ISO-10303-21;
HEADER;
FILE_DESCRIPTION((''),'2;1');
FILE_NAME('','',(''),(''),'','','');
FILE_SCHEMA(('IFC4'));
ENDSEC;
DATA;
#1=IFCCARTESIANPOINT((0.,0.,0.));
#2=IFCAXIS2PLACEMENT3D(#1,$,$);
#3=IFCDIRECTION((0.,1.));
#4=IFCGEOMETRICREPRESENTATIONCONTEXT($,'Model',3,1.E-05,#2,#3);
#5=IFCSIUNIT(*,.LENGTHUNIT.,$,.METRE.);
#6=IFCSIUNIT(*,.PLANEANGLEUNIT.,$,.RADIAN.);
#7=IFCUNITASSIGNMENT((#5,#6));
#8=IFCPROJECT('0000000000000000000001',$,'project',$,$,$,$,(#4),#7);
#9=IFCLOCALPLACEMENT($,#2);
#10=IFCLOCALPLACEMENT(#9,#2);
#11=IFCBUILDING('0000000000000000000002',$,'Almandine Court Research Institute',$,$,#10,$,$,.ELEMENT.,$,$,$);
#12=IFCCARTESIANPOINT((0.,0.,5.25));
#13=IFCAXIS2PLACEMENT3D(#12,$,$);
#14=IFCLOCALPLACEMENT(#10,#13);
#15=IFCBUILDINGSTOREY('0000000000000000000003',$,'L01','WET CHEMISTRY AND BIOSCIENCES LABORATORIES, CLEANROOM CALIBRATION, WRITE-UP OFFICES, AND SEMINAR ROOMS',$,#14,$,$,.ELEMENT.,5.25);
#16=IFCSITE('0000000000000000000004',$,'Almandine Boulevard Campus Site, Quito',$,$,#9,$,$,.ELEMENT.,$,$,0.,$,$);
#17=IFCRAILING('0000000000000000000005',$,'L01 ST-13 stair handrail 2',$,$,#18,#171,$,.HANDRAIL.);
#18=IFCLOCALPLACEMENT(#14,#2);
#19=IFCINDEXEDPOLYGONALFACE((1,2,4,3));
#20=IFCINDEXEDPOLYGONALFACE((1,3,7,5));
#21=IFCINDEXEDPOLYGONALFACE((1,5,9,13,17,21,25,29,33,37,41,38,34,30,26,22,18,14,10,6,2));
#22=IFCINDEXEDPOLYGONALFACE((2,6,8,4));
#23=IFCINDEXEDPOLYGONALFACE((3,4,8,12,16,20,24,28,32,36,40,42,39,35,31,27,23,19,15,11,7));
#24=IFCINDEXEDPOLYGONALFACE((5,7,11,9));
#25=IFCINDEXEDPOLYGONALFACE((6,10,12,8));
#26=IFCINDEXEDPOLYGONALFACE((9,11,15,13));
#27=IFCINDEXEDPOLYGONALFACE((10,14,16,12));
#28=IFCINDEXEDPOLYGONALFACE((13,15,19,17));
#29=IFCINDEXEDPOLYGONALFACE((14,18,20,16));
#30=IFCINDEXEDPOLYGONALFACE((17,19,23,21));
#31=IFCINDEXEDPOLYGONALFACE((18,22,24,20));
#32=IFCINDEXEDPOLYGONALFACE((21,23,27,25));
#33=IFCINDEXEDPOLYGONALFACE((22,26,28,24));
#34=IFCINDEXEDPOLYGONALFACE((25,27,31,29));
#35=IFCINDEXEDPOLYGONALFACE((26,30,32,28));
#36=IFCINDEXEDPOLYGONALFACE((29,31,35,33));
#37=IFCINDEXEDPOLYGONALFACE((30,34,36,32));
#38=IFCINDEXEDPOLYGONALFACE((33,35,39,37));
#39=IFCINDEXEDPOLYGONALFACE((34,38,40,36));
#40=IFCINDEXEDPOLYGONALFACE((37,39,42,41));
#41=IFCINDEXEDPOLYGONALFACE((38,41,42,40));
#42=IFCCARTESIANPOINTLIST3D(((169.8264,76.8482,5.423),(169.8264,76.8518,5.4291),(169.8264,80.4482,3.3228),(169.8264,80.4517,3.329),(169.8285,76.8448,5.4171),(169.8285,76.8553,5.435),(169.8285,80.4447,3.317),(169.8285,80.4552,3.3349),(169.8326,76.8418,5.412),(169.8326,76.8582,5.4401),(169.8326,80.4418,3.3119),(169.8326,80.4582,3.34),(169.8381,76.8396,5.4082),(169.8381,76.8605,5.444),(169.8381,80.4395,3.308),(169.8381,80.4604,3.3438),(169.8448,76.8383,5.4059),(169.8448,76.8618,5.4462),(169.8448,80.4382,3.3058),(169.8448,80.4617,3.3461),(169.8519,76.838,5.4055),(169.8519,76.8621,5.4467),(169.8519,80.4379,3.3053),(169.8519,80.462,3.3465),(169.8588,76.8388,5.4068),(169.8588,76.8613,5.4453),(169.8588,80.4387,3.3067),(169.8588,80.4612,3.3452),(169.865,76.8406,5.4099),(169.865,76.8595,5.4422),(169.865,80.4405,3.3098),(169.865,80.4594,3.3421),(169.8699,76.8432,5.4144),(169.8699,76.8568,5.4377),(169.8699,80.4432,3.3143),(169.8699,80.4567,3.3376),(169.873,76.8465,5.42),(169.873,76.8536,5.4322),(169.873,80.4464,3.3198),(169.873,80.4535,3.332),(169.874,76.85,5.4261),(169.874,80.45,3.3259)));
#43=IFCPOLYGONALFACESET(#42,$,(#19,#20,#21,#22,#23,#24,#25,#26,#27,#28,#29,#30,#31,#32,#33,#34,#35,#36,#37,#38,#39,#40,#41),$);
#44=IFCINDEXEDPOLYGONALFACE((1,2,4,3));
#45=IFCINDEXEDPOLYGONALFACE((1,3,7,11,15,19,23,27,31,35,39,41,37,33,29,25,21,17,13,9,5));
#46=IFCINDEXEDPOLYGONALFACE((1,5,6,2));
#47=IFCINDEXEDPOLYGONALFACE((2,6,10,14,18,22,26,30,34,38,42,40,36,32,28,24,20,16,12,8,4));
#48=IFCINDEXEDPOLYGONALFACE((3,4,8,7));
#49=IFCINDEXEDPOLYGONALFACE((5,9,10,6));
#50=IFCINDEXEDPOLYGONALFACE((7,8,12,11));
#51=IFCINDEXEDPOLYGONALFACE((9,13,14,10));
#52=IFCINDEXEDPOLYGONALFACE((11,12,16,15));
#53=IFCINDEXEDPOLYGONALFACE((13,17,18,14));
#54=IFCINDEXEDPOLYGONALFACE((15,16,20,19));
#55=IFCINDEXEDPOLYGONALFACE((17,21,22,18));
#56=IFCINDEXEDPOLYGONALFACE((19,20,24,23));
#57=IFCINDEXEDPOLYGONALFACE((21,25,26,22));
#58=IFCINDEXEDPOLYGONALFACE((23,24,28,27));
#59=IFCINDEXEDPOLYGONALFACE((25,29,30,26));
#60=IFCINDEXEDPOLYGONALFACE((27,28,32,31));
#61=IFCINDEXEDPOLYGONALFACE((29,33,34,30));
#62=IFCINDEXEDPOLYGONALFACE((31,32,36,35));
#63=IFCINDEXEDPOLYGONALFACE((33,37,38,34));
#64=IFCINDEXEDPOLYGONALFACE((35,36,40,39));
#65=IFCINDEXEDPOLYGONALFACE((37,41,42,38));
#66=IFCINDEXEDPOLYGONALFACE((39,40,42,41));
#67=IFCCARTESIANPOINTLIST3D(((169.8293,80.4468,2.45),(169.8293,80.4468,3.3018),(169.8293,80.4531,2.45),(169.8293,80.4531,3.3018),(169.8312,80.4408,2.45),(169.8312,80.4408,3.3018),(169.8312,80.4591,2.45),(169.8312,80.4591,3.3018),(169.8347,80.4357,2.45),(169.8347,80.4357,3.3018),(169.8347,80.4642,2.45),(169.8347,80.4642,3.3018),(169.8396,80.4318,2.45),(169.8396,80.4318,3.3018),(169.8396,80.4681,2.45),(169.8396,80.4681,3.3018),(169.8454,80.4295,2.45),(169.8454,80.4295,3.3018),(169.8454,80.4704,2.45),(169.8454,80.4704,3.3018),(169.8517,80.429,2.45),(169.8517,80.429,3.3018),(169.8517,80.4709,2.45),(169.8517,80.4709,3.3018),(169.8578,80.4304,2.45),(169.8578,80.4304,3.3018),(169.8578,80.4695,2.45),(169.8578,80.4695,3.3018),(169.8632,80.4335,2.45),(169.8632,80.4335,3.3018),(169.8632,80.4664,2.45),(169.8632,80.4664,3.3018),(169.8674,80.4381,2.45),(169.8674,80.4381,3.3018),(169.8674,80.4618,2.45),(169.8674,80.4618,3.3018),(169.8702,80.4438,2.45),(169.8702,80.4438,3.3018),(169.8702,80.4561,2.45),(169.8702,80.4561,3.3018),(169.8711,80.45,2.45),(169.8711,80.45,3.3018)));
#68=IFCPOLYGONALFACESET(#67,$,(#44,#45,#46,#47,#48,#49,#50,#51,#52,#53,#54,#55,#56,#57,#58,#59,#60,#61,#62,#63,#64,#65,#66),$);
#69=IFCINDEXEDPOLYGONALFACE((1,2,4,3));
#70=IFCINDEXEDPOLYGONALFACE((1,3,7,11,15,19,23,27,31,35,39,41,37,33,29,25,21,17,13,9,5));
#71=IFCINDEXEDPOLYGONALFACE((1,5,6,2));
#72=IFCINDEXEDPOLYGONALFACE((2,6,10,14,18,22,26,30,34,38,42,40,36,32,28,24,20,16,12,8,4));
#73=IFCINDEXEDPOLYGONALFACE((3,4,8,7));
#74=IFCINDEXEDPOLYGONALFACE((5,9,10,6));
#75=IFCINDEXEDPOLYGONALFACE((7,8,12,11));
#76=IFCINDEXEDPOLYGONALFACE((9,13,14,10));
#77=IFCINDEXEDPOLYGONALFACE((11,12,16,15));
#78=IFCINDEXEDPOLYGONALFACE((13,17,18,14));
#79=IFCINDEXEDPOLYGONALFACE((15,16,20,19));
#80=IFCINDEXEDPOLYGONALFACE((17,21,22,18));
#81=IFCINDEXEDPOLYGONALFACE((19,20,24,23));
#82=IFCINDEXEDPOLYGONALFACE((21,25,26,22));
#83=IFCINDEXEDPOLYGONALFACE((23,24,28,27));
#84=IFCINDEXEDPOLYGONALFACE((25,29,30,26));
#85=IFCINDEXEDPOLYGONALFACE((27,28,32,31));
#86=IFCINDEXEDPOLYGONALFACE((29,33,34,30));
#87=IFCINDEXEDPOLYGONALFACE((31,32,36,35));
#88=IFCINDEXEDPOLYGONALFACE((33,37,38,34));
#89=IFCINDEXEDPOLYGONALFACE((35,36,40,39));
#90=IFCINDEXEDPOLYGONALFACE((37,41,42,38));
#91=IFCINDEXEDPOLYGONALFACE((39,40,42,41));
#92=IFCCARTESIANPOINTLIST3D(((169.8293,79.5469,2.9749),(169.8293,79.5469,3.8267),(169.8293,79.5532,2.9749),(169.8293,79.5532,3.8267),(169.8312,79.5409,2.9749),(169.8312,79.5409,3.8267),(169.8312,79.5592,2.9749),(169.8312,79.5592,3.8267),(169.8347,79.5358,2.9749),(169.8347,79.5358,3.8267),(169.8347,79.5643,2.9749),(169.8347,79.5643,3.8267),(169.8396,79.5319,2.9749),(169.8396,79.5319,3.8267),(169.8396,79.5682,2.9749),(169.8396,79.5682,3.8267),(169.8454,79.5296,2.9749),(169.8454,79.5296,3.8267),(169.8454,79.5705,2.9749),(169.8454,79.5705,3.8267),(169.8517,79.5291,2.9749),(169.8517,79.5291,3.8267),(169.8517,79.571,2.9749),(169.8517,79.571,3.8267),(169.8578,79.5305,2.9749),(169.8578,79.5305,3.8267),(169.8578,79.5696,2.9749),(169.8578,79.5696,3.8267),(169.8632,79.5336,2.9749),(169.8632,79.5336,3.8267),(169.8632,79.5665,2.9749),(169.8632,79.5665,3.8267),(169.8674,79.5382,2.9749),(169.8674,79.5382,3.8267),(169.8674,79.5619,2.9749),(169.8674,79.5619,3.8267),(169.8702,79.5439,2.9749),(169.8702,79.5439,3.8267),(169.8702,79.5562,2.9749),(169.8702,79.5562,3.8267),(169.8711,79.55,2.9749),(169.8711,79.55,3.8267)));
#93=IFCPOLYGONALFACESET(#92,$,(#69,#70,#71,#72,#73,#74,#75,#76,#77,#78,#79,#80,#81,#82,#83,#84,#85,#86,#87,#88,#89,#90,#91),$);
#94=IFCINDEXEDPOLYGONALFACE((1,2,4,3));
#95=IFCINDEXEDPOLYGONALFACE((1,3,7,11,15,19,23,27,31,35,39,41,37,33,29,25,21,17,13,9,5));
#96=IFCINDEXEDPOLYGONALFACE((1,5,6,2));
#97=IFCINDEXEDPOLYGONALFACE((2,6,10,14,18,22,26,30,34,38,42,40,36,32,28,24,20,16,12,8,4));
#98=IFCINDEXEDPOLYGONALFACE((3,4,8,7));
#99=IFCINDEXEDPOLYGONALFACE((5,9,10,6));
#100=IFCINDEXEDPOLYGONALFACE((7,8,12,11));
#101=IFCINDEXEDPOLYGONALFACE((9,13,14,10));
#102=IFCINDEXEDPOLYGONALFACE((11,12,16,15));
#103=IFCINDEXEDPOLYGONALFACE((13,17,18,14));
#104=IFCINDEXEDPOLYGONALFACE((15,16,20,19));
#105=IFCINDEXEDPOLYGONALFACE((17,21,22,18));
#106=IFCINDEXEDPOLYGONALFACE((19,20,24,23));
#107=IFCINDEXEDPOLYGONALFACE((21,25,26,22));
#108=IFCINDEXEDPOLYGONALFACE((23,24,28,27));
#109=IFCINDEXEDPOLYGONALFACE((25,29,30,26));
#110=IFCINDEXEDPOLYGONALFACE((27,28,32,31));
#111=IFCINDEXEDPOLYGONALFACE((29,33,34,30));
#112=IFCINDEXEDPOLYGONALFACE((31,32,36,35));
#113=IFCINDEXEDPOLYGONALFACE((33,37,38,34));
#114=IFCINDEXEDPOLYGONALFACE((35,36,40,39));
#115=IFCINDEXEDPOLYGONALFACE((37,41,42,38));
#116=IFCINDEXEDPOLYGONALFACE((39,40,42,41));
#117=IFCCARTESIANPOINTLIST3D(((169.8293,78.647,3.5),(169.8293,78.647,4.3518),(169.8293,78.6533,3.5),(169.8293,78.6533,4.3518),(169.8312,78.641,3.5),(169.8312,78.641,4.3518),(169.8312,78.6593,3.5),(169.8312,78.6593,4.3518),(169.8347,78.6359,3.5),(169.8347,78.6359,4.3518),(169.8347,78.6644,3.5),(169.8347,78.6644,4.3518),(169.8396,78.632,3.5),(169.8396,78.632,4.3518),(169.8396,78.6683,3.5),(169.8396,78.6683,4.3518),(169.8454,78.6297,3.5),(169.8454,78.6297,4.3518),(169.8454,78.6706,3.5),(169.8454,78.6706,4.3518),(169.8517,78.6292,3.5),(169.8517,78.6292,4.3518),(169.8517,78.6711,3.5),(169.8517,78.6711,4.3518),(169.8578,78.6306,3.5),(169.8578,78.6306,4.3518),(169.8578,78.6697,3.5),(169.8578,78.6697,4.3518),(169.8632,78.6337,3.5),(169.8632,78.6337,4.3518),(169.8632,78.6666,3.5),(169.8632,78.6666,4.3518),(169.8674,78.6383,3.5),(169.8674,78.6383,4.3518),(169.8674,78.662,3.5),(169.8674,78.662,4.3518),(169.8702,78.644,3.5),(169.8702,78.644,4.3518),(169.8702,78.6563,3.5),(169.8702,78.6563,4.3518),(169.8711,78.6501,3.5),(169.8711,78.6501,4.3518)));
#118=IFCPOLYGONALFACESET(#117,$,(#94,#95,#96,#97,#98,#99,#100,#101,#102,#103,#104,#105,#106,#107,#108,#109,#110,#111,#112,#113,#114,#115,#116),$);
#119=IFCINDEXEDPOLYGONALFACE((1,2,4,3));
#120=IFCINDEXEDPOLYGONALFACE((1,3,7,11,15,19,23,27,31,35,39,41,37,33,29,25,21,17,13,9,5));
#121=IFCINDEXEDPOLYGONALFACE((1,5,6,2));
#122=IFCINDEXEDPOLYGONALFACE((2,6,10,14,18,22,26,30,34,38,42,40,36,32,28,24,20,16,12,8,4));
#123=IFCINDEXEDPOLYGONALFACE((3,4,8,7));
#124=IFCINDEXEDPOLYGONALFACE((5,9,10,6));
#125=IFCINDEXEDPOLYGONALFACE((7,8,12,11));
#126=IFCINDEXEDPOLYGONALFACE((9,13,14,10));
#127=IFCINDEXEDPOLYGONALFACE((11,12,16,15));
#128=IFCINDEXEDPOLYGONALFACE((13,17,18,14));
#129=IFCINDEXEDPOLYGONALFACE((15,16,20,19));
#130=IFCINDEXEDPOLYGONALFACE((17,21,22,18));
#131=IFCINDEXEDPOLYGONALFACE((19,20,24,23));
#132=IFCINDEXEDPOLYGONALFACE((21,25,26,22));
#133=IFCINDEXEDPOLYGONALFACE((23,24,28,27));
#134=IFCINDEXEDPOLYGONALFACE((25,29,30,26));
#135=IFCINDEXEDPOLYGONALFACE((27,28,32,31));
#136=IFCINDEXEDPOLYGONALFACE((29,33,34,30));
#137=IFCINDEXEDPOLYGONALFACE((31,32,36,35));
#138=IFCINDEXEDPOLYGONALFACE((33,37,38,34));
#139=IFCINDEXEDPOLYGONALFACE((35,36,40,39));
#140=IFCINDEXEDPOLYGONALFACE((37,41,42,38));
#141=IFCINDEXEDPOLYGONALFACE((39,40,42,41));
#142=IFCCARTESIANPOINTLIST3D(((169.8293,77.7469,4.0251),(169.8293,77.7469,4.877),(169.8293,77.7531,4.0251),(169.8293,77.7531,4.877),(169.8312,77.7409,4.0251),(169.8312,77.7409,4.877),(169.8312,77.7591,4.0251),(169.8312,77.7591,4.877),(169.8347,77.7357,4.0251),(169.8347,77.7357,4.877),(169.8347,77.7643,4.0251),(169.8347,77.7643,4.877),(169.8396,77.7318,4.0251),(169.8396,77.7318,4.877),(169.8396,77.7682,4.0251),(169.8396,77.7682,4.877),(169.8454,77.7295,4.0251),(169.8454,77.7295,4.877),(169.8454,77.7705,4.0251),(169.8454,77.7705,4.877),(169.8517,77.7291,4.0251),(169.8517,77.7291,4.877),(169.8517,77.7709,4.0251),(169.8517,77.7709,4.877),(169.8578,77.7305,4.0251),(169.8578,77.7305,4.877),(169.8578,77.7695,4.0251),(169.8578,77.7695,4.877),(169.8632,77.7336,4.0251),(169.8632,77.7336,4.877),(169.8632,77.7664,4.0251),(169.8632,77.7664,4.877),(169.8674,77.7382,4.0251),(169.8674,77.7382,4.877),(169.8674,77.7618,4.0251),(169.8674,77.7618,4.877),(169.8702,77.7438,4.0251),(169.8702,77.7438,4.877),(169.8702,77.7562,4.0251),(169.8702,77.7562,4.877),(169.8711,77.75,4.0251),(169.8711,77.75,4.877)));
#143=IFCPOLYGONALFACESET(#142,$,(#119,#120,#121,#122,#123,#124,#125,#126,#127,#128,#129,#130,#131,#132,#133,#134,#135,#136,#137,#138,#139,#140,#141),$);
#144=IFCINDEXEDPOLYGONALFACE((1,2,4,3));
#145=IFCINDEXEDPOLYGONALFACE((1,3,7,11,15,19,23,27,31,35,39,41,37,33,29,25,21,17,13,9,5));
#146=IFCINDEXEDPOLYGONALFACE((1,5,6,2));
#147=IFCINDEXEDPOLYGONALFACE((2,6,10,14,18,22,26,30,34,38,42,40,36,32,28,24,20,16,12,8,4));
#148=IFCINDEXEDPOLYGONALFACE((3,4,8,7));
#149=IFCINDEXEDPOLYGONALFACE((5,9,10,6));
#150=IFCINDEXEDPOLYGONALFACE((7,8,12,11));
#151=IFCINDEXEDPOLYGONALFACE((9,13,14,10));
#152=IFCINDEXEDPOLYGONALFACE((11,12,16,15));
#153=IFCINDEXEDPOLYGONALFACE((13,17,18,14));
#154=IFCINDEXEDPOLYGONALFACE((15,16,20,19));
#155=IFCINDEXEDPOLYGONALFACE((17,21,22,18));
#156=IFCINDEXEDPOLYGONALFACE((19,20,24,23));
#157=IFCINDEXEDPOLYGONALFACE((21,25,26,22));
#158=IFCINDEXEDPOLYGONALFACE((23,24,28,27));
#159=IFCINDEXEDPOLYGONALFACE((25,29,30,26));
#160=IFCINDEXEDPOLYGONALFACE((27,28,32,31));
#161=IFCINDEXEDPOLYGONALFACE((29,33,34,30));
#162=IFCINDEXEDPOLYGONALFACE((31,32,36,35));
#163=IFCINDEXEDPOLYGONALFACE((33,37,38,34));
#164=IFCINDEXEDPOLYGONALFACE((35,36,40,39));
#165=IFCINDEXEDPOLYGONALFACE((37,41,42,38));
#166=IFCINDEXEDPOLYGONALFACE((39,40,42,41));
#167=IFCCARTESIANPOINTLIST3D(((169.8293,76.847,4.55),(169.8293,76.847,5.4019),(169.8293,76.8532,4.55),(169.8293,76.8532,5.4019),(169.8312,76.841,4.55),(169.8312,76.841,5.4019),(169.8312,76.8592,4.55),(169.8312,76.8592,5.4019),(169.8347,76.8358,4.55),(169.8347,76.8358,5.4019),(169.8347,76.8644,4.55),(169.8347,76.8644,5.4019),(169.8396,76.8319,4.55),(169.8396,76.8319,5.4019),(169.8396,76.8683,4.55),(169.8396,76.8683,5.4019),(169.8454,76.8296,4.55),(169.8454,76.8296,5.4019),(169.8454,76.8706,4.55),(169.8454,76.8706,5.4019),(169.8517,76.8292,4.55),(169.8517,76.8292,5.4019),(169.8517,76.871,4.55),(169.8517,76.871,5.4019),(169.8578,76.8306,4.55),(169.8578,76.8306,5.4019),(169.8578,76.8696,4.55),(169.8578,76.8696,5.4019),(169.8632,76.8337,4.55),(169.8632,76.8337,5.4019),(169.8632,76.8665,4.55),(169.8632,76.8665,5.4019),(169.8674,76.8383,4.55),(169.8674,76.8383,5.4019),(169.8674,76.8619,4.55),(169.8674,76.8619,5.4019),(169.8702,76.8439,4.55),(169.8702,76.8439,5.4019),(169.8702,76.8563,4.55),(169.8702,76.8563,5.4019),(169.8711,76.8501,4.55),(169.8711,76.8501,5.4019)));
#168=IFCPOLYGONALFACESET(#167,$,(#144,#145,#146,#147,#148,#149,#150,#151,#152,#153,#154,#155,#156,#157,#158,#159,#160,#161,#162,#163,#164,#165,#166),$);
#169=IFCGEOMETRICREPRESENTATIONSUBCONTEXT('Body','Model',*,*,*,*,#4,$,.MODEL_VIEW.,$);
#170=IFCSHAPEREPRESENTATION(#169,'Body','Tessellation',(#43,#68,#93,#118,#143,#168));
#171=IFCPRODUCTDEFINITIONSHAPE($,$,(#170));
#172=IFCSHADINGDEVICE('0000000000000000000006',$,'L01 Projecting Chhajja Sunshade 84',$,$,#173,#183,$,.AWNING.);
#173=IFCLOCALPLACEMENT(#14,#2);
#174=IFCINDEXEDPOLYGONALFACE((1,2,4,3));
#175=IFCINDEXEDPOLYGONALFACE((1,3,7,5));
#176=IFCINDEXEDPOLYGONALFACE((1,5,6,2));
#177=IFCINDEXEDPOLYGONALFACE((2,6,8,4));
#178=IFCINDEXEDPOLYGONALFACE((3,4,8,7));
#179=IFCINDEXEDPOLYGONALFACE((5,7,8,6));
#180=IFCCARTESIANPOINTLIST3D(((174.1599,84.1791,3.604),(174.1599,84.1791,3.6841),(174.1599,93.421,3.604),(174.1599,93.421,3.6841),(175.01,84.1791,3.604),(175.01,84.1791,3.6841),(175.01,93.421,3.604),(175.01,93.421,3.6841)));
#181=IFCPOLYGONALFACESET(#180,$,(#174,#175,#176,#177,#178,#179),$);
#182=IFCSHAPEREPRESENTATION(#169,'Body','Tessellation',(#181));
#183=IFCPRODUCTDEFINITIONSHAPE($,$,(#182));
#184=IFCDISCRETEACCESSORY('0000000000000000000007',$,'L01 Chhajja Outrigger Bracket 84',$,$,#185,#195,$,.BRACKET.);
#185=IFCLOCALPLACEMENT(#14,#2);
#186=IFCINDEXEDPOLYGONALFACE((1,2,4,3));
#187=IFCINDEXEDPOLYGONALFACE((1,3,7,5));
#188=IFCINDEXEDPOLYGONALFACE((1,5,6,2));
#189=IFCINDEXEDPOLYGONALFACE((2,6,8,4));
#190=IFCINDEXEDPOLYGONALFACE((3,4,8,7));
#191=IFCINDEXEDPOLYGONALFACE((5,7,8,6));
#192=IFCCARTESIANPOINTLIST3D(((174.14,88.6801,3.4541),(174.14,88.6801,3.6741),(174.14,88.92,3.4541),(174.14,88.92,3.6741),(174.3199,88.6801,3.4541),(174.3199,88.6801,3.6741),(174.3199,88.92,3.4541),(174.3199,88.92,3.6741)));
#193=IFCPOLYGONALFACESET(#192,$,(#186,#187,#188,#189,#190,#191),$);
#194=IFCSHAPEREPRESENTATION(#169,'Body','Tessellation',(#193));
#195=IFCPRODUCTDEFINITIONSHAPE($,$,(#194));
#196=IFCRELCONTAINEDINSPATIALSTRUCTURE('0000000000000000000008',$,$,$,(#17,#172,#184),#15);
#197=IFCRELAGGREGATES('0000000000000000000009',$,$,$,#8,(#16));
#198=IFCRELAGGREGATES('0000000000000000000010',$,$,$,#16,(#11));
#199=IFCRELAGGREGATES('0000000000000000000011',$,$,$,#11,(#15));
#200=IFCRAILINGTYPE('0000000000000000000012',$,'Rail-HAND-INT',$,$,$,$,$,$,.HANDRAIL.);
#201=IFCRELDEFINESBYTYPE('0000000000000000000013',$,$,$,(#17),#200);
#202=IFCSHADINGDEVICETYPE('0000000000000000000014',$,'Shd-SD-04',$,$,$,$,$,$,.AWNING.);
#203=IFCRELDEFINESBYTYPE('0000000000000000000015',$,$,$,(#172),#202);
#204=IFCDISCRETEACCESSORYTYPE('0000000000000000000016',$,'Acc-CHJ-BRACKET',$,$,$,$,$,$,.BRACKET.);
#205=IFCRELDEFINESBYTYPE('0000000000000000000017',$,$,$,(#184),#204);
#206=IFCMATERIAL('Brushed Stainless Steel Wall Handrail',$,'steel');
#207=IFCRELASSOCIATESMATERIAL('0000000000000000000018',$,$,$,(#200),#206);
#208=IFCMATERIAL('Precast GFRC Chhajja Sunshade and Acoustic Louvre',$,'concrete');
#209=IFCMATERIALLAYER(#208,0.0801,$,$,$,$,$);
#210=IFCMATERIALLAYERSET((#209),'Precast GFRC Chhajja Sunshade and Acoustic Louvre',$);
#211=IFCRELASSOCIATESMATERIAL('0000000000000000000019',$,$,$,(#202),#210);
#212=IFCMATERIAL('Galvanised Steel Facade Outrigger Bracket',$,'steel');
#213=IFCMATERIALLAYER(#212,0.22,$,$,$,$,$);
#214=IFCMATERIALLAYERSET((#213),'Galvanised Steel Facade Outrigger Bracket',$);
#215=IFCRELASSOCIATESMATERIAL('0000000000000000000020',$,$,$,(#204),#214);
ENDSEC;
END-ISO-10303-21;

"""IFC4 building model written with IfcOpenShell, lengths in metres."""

from ifc_helpers import new_model, si_unit, direction, frame, origin, origin_2d, place, context, subcontext, project, spatial, rectangle, circle, extrude, material, layer, layer_set, type_object, element, save


model = new_model("IFC4")

# Units and contexts
model_context = context("Model", 3, precision=1e-05, world=origin(), true_north=direction((0.0, 1.0)))
body_context = subcontext(model_context, "Body", "Model", "MODEL_VIEW")
ifc_project = project(units=[si_unit("LENGTHUNIT", "METRE"), si_unit("PLANEANGLEUNIT", "RADIAN")], contexts=[model_context])

# Site, building, storey
site_placement = place(None, origin())
site = spatial("IfcSite", under=ifc_project, at=site_placement, Name="Almandine Boulevard Campus Site, Quito", CompositionType="ELEMENT", RefElevation=0.0)
building_placement = place(site_placement, origin())
building = spatial("IfcBuilding", under=site, at=building_placement, Name="Almandine Court Research Institute", CompositionType="ELEMENT")
storey_placement = place(building_placement, frame((0.0, 0.0, 5.25)))
storey = spatial("IfcBuildingStorey", under=building, at=storey_placement, Name="L01", Description="WET CHEMISTRY AND BIOSCIENCES LABORATORIES, CLEANROOM CALIBRATION, WRITE-UP OFFICES, AND SEMINAR ROOMS", CompositionType="ELEMENT", Elevation=5.25)

# Railing
ifc_material_1 = material(Name="Brushed Stainless Steel Wall Handrail", Category="steel")
railing_type_1 = type_object("IfcRailingType", Name="Rail-HAND-INT", PredefinedType="HANDRAIL", material=ifc_material_1)
railing_1_placement = place(storey_placement, frame((169.8501, 80.45, 2.45)))
element("IfcRailing", 1, at=railing_1_placement, inside=storey, type_object=railing_type_1, Name="L01 ST-13 stair handrail 2", PredefinedType="HANDRAIL", context=body_context, shape_type="SweptSolid", body=[
    extrude(circle(Radius=0.0239, at=origin_2d()), frame((0.0, 0.0, 0.876), z_axis=(0.0, -0.86376, 0.503904), x_axis=(1.0, 0.0, 0.0)), (0.0, 0.0, 1.0), 4.1677),
    extrude(circle(Radius=0.021, at=origin_2d()), origin(), (0.0, 0.0, 1.0), 0.8518),
    extrude(circle(Radius=0.021, at=origin_2d()), frame((0.0, -0.8999, 0.5249)), (0.0, 0.0, 1.0), 0.8518),
    extrude(circle(Radius=0.021, at=origin_2d()), frame((0.0, -1.7998, 1.05)), (0.0, 0.0, 1.0), 0.8518),
    extrude(circle(Radius=0.021, at=origin_2d()), frame((0.0, -2.7, 1.5752)), (0.0, 0.0, 1.0), 0.8518),
    extrude(circle(Radius=0.021, at=origin_2d()), frame((0.0, -3.5999, 2.1001)), (0.0, 0.0, 1.0), 0.8518),
])

# Shading device
ifc_material_2 = material(Name="Precast GFRC Chhajja Sunshade and Acoustic Louvre", Category="concrete")
ifc_layer_1 = layer(ifc_material_2, 0.0801)
ifc_layer_set_1 = layer_set([ifc_layer_1], Name="Precast GFRC Chhajja Sunshade and Acoustic Louvre")
shading_device_type = type_object("IfcShadingDeviceType", Name="Shd-SD-04", PredefinedType="AWNING", material=ifc_layer_set_1)
shading_device_placement = place(storey_placement, frame((174.585, 88.8, 3.604), z_axis=(0.0, 0.0, 1.0), x_axis=(0.0, -1.0, 0.0)))
element("IfcShadingDevice", 2, at=shading_device_placement, inside=storey, type_object=shading_device_type, Name="L01 Projecting Chhajja Sunshade 84", PredefinedType="AWNING", context=body_context, shape_type="SweptSolid", body=[
    extrude(rectangle(XDim=9.2419, YDim=0.8501, at=origin_2d()), origin(), (0.0, 0.0, 1.0), 0.0801),
])

# Discrete accessory
ifc_material_3 = material(Name="Galvanised Steel Facade Outrigger Bracket", Category="steel")
ifc_layer_2 = layer(ifc_material_3, 0.22)
ifc_layer_set_2 = layer_set([ifc_layer_2], Name="Galvanised Steel Facade Outrigger Bracket")
discrete_accessory_type = type_object("IfcDiscreteAccessoryType", Name="Acc-CHJ-BRACKET", PredefinedType="BRACKET", material=ifc_layer_set_2)
discrete_accessory_placement = place(storey_placement, frame((174.23, 88.8, 3.4541), z_axis=(0.0, 0.0, 1.0), x_axis=(0.0, -1.0, 0.0)))
element("IfcDiscreteAccessory", 3, at=discrete_accessory_placement, inside=storey, type_object=discrete_accessory_type, Name="L01 Chhajja Outrigger Bracket 84", PredefinedType="BRACKET", context=body_context, shape_type="SweptSolid", body=[
    extrude(rectangle(XDim=0.24, YDim=0.1799, at=origin_2d()), origin(), (0.0, 0.0, 1.0), 0.22),
])

save(model, "model.ifc")
